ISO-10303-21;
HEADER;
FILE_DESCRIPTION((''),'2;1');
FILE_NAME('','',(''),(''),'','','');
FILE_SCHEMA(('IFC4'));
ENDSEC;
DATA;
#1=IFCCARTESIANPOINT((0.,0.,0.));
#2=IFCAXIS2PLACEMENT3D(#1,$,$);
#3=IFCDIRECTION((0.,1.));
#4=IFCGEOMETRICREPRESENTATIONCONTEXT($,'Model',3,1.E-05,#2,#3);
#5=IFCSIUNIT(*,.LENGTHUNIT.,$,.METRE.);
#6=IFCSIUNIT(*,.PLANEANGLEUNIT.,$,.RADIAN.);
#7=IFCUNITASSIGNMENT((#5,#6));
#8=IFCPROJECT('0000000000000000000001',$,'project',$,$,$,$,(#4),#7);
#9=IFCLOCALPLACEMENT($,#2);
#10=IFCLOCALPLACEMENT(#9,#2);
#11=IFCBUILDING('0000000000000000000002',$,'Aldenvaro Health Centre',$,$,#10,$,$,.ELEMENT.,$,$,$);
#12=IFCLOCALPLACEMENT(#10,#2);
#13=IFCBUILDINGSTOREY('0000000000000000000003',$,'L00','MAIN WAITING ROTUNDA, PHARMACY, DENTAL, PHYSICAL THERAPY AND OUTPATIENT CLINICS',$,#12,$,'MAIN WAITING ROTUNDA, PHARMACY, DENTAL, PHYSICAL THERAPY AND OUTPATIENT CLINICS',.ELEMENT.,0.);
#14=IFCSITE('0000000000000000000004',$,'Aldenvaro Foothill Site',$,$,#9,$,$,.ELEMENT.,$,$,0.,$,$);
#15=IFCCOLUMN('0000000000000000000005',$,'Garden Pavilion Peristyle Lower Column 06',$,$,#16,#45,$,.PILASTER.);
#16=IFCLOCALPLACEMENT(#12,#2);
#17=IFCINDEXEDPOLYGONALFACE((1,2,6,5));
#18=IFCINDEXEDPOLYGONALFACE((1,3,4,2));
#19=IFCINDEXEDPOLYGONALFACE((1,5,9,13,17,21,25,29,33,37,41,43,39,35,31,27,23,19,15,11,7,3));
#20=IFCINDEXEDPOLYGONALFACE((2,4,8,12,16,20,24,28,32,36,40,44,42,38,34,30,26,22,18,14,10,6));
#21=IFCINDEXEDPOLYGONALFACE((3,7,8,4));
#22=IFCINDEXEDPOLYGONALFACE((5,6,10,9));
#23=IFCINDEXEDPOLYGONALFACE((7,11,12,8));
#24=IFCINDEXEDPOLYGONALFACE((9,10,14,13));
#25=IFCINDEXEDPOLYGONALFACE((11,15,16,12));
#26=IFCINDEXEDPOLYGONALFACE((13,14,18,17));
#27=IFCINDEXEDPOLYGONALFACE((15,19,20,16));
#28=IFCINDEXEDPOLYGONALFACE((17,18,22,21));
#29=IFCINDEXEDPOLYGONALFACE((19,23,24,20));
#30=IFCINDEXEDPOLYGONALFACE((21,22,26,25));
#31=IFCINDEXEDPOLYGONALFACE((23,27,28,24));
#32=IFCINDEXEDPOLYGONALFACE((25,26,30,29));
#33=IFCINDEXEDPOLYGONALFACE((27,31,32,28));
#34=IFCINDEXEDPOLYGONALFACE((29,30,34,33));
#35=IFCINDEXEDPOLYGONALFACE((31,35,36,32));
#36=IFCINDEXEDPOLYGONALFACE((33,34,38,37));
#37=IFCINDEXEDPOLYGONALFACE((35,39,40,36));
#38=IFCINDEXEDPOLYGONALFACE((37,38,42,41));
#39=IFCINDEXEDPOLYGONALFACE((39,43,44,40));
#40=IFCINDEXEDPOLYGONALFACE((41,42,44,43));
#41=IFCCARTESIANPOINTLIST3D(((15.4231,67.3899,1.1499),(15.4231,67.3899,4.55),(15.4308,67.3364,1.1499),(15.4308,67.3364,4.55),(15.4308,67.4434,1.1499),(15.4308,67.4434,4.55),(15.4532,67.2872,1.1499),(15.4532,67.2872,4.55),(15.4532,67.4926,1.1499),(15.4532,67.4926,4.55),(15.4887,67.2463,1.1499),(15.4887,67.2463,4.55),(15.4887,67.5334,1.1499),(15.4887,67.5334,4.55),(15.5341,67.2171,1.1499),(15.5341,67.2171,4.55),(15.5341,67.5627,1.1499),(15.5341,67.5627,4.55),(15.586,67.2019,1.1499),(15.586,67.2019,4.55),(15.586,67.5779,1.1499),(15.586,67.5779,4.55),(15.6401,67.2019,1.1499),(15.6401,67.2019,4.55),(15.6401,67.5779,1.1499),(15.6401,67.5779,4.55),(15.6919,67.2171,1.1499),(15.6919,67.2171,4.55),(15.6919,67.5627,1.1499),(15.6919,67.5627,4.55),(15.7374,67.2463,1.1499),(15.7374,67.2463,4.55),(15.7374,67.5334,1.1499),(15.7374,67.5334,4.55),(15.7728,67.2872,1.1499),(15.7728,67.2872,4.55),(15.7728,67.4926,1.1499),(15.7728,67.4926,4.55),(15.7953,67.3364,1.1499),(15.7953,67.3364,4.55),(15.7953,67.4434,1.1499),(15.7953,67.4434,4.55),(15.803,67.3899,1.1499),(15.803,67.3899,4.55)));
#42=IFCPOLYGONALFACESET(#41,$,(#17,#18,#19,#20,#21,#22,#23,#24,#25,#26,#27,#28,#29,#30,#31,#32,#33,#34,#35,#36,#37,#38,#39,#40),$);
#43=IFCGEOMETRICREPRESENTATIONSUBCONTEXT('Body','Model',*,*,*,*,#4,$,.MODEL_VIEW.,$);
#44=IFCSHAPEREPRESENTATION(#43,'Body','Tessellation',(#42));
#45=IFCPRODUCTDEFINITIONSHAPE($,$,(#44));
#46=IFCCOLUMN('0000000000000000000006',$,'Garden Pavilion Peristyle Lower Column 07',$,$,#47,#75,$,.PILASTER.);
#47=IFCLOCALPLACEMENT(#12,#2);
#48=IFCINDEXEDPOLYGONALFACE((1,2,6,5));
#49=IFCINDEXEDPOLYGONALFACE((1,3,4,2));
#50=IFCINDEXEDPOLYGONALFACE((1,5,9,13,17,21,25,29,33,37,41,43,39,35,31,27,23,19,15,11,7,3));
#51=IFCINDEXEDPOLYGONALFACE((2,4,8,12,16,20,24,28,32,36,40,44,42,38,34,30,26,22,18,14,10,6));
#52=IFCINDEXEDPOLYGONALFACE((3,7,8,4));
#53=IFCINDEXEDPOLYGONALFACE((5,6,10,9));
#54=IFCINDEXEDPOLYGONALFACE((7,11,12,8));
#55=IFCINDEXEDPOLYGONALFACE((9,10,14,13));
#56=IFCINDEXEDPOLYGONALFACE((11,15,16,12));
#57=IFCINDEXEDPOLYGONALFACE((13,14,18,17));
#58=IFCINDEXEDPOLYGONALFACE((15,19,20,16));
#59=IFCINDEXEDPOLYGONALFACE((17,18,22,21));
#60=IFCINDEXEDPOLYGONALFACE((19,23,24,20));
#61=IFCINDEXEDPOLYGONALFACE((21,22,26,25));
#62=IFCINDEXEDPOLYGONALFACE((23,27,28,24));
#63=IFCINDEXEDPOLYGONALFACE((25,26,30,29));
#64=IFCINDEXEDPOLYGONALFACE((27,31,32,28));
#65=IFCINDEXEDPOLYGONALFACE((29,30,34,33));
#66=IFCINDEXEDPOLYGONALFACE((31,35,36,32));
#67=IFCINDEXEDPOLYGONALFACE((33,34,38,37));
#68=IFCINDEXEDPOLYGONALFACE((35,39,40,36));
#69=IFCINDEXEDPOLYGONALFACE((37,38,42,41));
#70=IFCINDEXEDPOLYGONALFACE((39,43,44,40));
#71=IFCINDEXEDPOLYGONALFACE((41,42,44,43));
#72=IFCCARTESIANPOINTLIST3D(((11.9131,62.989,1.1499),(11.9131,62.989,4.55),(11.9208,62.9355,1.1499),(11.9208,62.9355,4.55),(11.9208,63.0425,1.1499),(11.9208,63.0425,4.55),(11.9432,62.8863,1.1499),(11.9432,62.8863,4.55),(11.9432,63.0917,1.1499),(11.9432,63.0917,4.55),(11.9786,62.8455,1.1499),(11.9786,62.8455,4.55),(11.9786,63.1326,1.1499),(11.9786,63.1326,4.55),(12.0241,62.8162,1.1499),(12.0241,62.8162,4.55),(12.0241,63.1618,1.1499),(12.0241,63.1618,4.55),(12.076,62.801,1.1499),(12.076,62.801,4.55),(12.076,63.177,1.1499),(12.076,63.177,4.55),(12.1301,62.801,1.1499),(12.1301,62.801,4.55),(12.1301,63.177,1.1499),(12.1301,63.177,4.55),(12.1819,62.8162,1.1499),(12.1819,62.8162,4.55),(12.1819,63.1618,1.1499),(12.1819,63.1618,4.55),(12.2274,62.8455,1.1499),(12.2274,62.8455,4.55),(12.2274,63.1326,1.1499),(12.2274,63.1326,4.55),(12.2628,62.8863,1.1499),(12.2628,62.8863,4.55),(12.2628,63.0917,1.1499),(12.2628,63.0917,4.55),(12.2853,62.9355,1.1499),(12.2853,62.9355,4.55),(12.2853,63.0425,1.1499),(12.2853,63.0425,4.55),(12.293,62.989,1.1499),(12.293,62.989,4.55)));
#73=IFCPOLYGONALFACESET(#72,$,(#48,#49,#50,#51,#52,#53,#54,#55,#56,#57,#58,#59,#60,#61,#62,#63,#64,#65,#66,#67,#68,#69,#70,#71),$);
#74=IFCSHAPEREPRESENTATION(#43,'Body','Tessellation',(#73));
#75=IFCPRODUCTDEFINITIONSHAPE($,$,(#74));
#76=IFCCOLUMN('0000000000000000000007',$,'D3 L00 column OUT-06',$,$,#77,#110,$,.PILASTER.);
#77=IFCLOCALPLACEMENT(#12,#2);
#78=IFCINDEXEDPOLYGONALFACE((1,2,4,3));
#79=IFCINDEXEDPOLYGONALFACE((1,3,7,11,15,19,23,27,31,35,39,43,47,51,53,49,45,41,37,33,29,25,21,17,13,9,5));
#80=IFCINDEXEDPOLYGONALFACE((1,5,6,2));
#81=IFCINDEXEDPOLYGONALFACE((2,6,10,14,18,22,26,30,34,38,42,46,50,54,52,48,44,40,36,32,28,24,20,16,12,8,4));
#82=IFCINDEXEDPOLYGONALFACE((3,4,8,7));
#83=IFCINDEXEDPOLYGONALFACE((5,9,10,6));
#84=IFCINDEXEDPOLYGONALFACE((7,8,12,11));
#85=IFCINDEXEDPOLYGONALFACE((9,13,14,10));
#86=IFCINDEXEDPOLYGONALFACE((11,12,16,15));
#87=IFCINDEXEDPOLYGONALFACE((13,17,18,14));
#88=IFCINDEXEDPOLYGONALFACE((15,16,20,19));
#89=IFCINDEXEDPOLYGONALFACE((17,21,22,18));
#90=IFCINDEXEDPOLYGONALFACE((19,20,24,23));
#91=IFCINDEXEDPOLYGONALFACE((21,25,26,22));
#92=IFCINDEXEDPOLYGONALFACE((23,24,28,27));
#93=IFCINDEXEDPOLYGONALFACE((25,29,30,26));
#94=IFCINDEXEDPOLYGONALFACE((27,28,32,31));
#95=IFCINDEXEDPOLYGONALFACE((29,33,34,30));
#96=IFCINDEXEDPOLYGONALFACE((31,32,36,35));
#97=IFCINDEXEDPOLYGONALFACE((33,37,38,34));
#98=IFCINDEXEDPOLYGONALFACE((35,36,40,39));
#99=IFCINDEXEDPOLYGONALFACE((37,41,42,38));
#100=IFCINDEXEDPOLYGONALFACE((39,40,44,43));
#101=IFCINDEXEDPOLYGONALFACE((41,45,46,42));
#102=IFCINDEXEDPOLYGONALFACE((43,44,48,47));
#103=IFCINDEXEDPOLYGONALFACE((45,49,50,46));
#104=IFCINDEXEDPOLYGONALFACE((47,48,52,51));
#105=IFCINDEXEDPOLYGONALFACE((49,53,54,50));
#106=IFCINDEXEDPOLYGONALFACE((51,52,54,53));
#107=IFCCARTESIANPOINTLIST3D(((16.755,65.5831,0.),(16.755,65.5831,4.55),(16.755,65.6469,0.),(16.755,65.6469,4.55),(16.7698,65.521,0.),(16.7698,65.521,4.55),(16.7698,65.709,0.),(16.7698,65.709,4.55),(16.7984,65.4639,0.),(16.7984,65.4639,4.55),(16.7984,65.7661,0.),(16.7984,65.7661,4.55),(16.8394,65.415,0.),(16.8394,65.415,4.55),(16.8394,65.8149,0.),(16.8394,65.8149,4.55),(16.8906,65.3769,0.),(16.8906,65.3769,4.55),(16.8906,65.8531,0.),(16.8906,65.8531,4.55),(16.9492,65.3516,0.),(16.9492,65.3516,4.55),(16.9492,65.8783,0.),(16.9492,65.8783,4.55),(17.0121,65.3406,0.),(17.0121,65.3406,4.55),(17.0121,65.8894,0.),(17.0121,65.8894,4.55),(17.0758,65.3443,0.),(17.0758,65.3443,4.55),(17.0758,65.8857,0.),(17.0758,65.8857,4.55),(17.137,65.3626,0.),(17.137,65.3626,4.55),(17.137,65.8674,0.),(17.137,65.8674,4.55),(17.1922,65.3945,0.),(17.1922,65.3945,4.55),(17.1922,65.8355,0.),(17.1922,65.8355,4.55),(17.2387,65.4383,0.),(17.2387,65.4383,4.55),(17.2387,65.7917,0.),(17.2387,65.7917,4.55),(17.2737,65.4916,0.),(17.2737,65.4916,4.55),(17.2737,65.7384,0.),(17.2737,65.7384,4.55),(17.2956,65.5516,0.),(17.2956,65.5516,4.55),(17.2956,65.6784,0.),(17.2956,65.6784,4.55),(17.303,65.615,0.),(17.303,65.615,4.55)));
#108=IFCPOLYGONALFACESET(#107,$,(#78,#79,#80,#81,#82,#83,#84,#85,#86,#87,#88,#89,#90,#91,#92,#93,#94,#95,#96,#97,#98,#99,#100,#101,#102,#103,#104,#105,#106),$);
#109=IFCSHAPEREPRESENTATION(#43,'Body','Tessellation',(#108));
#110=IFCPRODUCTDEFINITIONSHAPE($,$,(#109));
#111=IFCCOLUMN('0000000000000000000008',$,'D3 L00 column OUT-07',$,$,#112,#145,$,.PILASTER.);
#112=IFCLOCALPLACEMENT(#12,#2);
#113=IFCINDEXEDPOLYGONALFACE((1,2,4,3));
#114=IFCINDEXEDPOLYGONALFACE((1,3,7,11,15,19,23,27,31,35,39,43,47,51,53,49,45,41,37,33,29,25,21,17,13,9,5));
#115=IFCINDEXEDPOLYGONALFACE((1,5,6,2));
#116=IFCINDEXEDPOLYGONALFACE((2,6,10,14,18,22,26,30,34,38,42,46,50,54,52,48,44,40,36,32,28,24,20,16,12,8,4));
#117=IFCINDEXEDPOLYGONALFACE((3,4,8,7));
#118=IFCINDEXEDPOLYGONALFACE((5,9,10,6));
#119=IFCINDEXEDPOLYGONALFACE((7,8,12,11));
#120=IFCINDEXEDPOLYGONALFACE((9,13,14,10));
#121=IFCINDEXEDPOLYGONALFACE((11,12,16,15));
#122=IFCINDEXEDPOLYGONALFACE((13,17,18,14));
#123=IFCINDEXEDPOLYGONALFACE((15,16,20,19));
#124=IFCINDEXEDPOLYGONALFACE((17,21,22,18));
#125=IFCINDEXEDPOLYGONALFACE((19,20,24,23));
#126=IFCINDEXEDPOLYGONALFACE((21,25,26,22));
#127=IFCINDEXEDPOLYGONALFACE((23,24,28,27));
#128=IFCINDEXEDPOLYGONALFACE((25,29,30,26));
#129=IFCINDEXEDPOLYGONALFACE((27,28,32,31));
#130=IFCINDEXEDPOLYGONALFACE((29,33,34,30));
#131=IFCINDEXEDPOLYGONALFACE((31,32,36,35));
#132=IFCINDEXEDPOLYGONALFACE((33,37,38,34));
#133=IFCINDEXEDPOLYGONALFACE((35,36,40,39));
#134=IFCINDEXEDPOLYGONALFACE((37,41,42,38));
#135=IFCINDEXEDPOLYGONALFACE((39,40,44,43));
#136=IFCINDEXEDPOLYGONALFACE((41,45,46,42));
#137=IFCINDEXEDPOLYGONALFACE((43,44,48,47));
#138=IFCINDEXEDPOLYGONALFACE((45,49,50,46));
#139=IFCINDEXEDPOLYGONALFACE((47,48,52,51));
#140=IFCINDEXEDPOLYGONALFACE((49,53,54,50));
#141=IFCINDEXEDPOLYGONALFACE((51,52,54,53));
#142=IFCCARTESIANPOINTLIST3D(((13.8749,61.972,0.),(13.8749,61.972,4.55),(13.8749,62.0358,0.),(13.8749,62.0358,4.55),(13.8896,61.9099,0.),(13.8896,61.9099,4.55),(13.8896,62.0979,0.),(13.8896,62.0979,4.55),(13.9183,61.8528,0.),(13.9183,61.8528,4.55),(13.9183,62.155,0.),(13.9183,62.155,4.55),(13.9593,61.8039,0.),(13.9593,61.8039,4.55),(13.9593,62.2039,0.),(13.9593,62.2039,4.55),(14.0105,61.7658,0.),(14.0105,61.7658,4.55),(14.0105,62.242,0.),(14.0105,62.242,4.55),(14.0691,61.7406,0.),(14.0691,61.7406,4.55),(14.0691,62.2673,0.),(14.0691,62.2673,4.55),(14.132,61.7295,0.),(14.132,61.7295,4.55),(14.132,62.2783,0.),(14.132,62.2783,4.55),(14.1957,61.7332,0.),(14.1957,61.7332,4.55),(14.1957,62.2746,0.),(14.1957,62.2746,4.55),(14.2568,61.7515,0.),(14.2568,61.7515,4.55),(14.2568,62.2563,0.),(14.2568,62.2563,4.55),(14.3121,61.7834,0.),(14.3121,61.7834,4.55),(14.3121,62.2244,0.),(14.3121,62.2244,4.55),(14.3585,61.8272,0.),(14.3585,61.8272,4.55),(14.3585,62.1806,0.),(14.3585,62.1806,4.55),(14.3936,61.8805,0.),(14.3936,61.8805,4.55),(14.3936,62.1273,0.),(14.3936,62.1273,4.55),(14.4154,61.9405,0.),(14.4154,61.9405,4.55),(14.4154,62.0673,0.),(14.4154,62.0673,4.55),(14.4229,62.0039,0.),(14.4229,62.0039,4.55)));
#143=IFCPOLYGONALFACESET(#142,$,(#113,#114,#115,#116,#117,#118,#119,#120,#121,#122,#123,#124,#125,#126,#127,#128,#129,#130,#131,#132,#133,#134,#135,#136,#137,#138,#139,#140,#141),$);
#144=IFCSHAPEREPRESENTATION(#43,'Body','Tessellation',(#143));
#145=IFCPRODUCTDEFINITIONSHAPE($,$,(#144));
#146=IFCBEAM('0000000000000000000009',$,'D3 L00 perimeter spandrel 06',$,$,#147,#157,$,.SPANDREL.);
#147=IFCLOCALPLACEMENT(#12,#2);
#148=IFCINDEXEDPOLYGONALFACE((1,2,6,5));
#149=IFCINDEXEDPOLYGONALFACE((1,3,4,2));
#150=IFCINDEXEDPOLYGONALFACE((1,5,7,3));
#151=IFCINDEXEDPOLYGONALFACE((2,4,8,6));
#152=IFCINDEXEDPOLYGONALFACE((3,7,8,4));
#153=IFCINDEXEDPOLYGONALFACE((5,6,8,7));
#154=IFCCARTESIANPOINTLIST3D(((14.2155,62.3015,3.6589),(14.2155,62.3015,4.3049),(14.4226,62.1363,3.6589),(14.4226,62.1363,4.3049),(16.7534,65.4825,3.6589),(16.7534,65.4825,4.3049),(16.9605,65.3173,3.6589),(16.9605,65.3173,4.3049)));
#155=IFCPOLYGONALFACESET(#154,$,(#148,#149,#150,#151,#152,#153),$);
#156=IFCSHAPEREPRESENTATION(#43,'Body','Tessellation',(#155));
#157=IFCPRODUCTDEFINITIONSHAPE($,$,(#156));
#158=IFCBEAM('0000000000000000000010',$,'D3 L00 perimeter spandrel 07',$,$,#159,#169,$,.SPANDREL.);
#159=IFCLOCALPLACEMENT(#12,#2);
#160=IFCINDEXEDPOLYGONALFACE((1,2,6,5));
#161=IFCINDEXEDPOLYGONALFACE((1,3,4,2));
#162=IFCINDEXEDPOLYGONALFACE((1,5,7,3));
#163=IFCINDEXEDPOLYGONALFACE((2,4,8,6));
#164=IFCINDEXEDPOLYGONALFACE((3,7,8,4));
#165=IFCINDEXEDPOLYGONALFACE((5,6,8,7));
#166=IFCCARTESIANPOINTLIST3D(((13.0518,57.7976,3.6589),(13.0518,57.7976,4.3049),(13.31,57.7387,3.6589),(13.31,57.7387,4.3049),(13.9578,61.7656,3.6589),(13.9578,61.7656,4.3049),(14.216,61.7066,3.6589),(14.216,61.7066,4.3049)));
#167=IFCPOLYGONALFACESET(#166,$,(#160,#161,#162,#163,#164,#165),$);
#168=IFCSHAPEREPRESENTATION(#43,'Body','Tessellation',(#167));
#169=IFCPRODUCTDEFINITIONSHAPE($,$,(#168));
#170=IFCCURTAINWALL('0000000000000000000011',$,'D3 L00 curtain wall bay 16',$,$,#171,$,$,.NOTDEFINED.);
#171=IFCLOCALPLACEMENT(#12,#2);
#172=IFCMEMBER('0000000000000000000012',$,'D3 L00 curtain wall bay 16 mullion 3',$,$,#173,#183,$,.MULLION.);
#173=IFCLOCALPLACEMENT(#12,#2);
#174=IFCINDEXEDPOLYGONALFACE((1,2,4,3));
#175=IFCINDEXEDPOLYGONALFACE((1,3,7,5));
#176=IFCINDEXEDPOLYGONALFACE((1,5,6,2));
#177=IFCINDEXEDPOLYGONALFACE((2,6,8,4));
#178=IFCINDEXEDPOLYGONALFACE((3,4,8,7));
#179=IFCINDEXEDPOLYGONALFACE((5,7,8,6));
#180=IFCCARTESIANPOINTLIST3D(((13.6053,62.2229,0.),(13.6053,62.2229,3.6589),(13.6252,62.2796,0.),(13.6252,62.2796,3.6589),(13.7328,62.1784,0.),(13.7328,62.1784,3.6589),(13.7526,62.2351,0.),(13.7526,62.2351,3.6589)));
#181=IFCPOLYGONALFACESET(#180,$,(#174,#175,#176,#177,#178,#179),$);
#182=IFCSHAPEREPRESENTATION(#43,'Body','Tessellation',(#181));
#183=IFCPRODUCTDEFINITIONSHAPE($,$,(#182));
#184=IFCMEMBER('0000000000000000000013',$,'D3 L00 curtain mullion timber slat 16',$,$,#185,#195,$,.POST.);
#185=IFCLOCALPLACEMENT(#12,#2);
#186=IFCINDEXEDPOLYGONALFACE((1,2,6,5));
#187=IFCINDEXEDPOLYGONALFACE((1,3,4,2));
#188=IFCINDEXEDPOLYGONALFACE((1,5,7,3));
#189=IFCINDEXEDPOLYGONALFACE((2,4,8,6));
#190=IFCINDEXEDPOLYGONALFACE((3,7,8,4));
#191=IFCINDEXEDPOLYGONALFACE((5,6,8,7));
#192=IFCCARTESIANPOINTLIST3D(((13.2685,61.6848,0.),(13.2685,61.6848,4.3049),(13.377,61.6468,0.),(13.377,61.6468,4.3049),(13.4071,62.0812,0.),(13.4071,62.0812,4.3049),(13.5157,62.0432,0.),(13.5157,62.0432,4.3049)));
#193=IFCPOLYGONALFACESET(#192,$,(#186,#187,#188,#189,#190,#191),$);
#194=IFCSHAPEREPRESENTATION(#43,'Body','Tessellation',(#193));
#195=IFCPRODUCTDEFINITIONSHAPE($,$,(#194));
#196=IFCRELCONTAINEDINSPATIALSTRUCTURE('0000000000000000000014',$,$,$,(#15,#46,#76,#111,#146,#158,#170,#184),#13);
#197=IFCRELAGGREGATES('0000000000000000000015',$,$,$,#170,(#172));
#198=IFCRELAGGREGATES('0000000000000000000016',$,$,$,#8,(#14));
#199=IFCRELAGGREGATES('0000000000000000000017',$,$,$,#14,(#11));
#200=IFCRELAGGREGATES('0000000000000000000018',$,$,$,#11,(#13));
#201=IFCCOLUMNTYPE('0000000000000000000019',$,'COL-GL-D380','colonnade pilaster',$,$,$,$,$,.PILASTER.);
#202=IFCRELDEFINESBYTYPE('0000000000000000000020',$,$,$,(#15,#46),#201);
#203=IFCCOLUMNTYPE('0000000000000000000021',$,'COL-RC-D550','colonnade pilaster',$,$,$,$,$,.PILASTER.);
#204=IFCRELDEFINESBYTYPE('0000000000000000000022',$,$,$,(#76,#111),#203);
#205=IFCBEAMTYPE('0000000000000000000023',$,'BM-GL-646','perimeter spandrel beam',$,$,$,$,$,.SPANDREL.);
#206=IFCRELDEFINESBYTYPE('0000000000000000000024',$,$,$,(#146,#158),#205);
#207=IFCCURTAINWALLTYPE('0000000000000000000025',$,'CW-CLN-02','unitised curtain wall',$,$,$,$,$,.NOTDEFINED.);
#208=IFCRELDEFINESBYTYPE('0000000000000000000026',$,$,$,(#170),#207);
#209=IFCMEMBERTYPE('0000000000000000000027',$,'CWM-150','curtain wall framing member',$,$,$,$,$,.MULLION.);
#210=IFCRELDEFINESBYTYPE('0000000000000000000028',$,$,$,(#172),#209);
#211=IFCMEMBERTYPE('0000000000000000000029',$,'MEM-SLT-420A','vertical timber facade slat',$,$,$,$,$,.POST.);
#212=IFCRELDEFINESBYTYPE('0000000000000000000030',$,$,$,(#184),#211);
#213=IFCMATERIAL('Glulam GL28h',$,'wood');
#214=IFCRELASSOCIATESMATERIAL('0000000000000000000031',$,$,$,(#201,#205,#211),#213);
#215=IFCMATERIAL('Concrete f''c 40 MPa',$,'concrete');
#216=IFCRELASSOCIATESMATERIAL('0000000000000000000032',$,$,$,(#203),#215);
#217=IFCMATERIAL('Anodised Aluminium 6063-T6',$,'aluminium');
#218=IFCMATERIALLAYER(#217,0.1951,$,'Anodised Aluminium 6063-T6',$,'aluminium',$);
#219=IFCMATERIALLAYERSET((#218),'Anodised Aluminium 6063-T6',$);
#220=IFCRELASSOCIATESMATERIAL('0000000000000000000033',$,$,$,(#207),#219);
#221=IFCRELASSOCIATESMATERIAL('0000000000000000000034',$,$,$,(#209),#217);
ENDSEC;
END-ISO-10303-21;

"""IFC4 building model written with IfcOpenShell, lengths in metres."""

from ifc_helpers import new_model, si_unit, direction, frame, origin, origin_2d, place, context, subcontext, project, spatial, rectangle, circle, extrude, material, layer, layer_set, material_profile, profile_set, type_object, element, aggregate, save


model = new_model("IFC4")

# Units and contexts
model_context = context("Model", 3, precision=1e-05, world=origin(), true_north=direction((0.0, 1.0)))
body_context = subcontext(model_context, "Body", "Model", "MODEL_VIEW")
ifc_project = project(units=[si_unit("LENGTHUNIT", "METRE"), si_unit("PLANEANGLEUNIT", "RADIAN")], contexts=[model_context])

# Site, building, storey
site_placement = place(None, origin())
site = spatial("IfcSite", under=ifc_project, at=site_placement, Name="Aldenvaro Foothill Site", CompositionType="ELEMENT", RefElevation=0.0)
building_placement = place(site_placement, origin())
building = spatial("IfcBuilding", under=site, at=building_placement, Name="Aldenvaro Health Centre", CompositionType="ELEMENT")
storey_placement = place(building_placement, origin())
storey = spatial("IfcBuildingStorey", under=building, at=storey_placement, Name="L00", Description="MAIN WAITING ROTUNDA, PHARMACY, DENTAL, PHYSICAL THERAPY AND OUTPATIENT CLINICS", LongName="MAIN WAITING ROTUNDA, PHARMACY, DENTAL, PHYSICAL THERAPY AND OUTPATIENT CLINICS", CompositionType="ELEMENT", Elevation=0.0)

# Columns
ifc_material_1 = material(Name="Glulam GL28h", Category="wood")
ifc_material_profile_1 = material_profile(ifc_material_1, circle(Radius=0.1899, at=origin_2d()), Name="GL D380", Category="wood")
ifc_profile_set_1 = profile_set([ifc_material_profile_1], Name="Glulam GL28h")
column_type_1 = type_object("IfcColumnType", Name="COL-GL-D380", Description="colonnade pilaster", PredefinedType="PILASTER", material=ifc_profile_set_1)
for number, where, z_axis, x_axis, name in (
    (1, (15.613, 67.3899, 1.1499), (0.0, 0.0, 1.0), (1.0, 0.0, 0.0), "Garden Pavilion Peristyle Lower Column 06"),
    (2, (12.103, 62.989, 1.1499), (0.0, 0.0, 1.0), (1.0, 0.0, 0.0), "Garden Pavilion Peristyle Lower Column 07"),
):
    element("IfcColumn", number, at=place(storey_placement, frame(where, z_axis=z_axis, x_axis=x_axis)), inside=storey, type_object=column_type_1, Name=name, PredefinedType="PILASTER", context=body_context, shape_type="SweptSolid", body=[
        extrude(circle(Radius=0.1899, at=origin_2d()), origin(), (0.0, 0.0, 1.0), 3.4001),
    ])
ifc_material_2 = material(Name="Concrete f'c 40 MPa", Category="concrete")
ifc_material_profile_2 = material_profile(ifc_material_2, circle(Radius=0.2749, at=origin_2d()), Name="RC D550", Category="concrete")
ifc_profile_set_2 = profile_set([ifc_material_profile_2], Name="Concrete f'c 40 MPa")
column_type_2 = type_object("IfcColumnType", Name="COL-RC-D550", Description="colonnade pilaster", PredefinedType="PILASTER", material=ifc_profile_set_2)
for number, where, z_axis, x_axis, name in (
    (3, (17.0281, 65.615, 0.0), (0.0, 0.0, 1.0), (1.0, 0.0, 0.0), "D3 L00 column OUT-06"),
    (4, (14.1479, 62.0039, 0.0), (0.0, 0.0, 1.0), (1.0, 0.0, 0.0), "D3 L00 column OUT-07"),
):
    element("IfcColumn", number, at=place(storey_placement, frame(where, z_axis=z_axis, x_axis=x_axis)), inside=storey, type_object=column_type_2, Name=name, PredefinedType="PILASTER", context=body_context, shape_type="SweptSolid", body=[
        extrude(circle(Radius=0.2749, at=origin_2d()), origin(), (0.0, 0.0, 1.0), 4.55),
    ])

# Beams
ifc_material_profile_3 = material_profile(ifc_material_1, rectangle(XDim=0.2649, YDim=0.646, at=origin_2d()), Name="GL 265x646", Category="wood")
ifc_profile_set_3 = profile_set([ifc_material_profile_3], Name="Glulam GL28h")
beam_type = type_object("IfcBeamType", Name="BM-GL-646", Description="perimeter spandrel beam", PredefinedType="SPANDREL", material=ifc_profile_set_3)
beam_1_placement = place(storey_placement, frame((16.8569, 65.3999, 3.9819), z_axis=(-0.623663, -0.781693, 0.0), x_axis=(0.781693, -0.623663, 0.0)))
element("IfcBeam", 5, at=beam_1_placement, inside=storey, type_object=beam_type, Name="D3 L00 perimeter spandrel 06", PredefinedType="SPANDREL", context=body_context, shape_type="SweptSolid", body=[
    extrude(rectangle(XDim=0.2649, YDim=0.646, at=origin_2d()), origin(), (0.0, 0.0, 1.0), 4.0693),
])
beam_2_placement = place(storey_placement, frame((14.0869, 61.7361, 3.9819), z_axis=(-0.222598, -0.97491, 0.0), x_axis=(0.97491, -0.222598, 0.0)))
element("IfcBeam", 6, at=beam_2_placement, inside=storey, type_object=beam_type, Name="D3 L00 perimeter spandrel 07", PredefinedType="SPANDREL", context=body_context, shape_type="SweptSolid", body=[
    extrude(rectangle(XDim=0.2649, YDim=0.646, at=origin_2d()), origin(), (0.0, 0.0, 1.0), 4.0701),
])

# Curtain wall, member
ifc_material_3 = material(Name="Anodised Aluminium 6063-T6", Category="aluminium")
ifc_layer_1 = layer(ifc_material_3, 0.1951, Name="Anodised Aluminium 6063-T6", Category="aluminium")
ifc_layer_set_1 = layer_set([ifc_layer_1], Name="Anodised Aluminium 6063-T6")
curtain_wall_type = type_object("IfcCurtainWallType", Name="CW-CLN-02", Description="unitised curtain wall", PredefinedType="NOTDEFINED", material=ifc_layer_set_1)
curtain_wall_placement = place(storey_placement, origin())
curtain_wall = element("IfcCurtainWall", 7, at=curtain_wall_placement, inside=storey, type_object=curtain_wall_type, Name="D3 L00 curtain wall bay 16", PredefinedType="NOTDEFINED")
ifc_material_profile_4 = material_profile(ifc_material_3, rectangle(XDim=0.0601, YDim=0.135, at=origin_2d()), Name="ALU 60x135", Category="aluminium")
ifc_profile_set_4 = profile_set([ifc_material_profile_4], Name="Anodised Aluminium 6063-T6")
member_type_1 = type_object("IfcMemberType", Name="CWM-150", Description="curtain wall framing member", PredefinedType="MULLION", material=ifc_profile_set_4)
member_placement = place(storey_placement, frame((13.679, 62.229, 0.0), z_axis=(0.0, 0.0, 1.0), x_axis=(0.330204, 0.943909, 0.0)))
member = element("IfcMember", 8, at=member_placement, type_object=member_type_1, Name="D3 L00 curtain wall bay 16 mullion 3", PredefinedType="MULLION", context=body_context, shape_type="SweptSolid", body=[
    extrude(rectangle(XDim=0.0601, YDim=0.135, at=origin_2d()), origin(), (0.0, 0.0, 1.0), 3.6589),
])

# Member
ifc_material_profile_5 = material_profile(ifc_material_1, rectangle(XDim=0.115, YDim=0.4199, at=origin_2d()), Name="GL 115x420", Category="wood")
ifc_profile_set_5 = profile_set([ifc_material_profile_5], Name="Glulam GL28h")
member_type_2 = type_object("IfcMemberType", Name="MEM-SLT-420A", Description="vertical timber facade slat", PredefinedType="POST", material=ifc_profile_set_5)
for number, where, z_axis, x_axis, name in (
    (9, (13.3921, 61.864, 0.0), (0.0, 0.0, 1.0), (-0.943909, 0.330204, 0.0), "D3 L00 curtain mullion timber slat 16"),
):
    element("IfcMember", number, at=place(storey_placement, frame(where, z_axis=z_axis, x_axis=x_axis)), inside=storey, type_object=member_type_2, Name=name, PredefinedType="POST", context=body_context, shape_type="SweptSolid", body=[
        extrude(rectangle(XDim=0.115, YDim=0.4199, at=origin_2d()), origin(), (0.0, 0.0, 1.0), 4.3049),
    ])

aggregate(curtain_wall, [member])

save(model, "model.ifc")
